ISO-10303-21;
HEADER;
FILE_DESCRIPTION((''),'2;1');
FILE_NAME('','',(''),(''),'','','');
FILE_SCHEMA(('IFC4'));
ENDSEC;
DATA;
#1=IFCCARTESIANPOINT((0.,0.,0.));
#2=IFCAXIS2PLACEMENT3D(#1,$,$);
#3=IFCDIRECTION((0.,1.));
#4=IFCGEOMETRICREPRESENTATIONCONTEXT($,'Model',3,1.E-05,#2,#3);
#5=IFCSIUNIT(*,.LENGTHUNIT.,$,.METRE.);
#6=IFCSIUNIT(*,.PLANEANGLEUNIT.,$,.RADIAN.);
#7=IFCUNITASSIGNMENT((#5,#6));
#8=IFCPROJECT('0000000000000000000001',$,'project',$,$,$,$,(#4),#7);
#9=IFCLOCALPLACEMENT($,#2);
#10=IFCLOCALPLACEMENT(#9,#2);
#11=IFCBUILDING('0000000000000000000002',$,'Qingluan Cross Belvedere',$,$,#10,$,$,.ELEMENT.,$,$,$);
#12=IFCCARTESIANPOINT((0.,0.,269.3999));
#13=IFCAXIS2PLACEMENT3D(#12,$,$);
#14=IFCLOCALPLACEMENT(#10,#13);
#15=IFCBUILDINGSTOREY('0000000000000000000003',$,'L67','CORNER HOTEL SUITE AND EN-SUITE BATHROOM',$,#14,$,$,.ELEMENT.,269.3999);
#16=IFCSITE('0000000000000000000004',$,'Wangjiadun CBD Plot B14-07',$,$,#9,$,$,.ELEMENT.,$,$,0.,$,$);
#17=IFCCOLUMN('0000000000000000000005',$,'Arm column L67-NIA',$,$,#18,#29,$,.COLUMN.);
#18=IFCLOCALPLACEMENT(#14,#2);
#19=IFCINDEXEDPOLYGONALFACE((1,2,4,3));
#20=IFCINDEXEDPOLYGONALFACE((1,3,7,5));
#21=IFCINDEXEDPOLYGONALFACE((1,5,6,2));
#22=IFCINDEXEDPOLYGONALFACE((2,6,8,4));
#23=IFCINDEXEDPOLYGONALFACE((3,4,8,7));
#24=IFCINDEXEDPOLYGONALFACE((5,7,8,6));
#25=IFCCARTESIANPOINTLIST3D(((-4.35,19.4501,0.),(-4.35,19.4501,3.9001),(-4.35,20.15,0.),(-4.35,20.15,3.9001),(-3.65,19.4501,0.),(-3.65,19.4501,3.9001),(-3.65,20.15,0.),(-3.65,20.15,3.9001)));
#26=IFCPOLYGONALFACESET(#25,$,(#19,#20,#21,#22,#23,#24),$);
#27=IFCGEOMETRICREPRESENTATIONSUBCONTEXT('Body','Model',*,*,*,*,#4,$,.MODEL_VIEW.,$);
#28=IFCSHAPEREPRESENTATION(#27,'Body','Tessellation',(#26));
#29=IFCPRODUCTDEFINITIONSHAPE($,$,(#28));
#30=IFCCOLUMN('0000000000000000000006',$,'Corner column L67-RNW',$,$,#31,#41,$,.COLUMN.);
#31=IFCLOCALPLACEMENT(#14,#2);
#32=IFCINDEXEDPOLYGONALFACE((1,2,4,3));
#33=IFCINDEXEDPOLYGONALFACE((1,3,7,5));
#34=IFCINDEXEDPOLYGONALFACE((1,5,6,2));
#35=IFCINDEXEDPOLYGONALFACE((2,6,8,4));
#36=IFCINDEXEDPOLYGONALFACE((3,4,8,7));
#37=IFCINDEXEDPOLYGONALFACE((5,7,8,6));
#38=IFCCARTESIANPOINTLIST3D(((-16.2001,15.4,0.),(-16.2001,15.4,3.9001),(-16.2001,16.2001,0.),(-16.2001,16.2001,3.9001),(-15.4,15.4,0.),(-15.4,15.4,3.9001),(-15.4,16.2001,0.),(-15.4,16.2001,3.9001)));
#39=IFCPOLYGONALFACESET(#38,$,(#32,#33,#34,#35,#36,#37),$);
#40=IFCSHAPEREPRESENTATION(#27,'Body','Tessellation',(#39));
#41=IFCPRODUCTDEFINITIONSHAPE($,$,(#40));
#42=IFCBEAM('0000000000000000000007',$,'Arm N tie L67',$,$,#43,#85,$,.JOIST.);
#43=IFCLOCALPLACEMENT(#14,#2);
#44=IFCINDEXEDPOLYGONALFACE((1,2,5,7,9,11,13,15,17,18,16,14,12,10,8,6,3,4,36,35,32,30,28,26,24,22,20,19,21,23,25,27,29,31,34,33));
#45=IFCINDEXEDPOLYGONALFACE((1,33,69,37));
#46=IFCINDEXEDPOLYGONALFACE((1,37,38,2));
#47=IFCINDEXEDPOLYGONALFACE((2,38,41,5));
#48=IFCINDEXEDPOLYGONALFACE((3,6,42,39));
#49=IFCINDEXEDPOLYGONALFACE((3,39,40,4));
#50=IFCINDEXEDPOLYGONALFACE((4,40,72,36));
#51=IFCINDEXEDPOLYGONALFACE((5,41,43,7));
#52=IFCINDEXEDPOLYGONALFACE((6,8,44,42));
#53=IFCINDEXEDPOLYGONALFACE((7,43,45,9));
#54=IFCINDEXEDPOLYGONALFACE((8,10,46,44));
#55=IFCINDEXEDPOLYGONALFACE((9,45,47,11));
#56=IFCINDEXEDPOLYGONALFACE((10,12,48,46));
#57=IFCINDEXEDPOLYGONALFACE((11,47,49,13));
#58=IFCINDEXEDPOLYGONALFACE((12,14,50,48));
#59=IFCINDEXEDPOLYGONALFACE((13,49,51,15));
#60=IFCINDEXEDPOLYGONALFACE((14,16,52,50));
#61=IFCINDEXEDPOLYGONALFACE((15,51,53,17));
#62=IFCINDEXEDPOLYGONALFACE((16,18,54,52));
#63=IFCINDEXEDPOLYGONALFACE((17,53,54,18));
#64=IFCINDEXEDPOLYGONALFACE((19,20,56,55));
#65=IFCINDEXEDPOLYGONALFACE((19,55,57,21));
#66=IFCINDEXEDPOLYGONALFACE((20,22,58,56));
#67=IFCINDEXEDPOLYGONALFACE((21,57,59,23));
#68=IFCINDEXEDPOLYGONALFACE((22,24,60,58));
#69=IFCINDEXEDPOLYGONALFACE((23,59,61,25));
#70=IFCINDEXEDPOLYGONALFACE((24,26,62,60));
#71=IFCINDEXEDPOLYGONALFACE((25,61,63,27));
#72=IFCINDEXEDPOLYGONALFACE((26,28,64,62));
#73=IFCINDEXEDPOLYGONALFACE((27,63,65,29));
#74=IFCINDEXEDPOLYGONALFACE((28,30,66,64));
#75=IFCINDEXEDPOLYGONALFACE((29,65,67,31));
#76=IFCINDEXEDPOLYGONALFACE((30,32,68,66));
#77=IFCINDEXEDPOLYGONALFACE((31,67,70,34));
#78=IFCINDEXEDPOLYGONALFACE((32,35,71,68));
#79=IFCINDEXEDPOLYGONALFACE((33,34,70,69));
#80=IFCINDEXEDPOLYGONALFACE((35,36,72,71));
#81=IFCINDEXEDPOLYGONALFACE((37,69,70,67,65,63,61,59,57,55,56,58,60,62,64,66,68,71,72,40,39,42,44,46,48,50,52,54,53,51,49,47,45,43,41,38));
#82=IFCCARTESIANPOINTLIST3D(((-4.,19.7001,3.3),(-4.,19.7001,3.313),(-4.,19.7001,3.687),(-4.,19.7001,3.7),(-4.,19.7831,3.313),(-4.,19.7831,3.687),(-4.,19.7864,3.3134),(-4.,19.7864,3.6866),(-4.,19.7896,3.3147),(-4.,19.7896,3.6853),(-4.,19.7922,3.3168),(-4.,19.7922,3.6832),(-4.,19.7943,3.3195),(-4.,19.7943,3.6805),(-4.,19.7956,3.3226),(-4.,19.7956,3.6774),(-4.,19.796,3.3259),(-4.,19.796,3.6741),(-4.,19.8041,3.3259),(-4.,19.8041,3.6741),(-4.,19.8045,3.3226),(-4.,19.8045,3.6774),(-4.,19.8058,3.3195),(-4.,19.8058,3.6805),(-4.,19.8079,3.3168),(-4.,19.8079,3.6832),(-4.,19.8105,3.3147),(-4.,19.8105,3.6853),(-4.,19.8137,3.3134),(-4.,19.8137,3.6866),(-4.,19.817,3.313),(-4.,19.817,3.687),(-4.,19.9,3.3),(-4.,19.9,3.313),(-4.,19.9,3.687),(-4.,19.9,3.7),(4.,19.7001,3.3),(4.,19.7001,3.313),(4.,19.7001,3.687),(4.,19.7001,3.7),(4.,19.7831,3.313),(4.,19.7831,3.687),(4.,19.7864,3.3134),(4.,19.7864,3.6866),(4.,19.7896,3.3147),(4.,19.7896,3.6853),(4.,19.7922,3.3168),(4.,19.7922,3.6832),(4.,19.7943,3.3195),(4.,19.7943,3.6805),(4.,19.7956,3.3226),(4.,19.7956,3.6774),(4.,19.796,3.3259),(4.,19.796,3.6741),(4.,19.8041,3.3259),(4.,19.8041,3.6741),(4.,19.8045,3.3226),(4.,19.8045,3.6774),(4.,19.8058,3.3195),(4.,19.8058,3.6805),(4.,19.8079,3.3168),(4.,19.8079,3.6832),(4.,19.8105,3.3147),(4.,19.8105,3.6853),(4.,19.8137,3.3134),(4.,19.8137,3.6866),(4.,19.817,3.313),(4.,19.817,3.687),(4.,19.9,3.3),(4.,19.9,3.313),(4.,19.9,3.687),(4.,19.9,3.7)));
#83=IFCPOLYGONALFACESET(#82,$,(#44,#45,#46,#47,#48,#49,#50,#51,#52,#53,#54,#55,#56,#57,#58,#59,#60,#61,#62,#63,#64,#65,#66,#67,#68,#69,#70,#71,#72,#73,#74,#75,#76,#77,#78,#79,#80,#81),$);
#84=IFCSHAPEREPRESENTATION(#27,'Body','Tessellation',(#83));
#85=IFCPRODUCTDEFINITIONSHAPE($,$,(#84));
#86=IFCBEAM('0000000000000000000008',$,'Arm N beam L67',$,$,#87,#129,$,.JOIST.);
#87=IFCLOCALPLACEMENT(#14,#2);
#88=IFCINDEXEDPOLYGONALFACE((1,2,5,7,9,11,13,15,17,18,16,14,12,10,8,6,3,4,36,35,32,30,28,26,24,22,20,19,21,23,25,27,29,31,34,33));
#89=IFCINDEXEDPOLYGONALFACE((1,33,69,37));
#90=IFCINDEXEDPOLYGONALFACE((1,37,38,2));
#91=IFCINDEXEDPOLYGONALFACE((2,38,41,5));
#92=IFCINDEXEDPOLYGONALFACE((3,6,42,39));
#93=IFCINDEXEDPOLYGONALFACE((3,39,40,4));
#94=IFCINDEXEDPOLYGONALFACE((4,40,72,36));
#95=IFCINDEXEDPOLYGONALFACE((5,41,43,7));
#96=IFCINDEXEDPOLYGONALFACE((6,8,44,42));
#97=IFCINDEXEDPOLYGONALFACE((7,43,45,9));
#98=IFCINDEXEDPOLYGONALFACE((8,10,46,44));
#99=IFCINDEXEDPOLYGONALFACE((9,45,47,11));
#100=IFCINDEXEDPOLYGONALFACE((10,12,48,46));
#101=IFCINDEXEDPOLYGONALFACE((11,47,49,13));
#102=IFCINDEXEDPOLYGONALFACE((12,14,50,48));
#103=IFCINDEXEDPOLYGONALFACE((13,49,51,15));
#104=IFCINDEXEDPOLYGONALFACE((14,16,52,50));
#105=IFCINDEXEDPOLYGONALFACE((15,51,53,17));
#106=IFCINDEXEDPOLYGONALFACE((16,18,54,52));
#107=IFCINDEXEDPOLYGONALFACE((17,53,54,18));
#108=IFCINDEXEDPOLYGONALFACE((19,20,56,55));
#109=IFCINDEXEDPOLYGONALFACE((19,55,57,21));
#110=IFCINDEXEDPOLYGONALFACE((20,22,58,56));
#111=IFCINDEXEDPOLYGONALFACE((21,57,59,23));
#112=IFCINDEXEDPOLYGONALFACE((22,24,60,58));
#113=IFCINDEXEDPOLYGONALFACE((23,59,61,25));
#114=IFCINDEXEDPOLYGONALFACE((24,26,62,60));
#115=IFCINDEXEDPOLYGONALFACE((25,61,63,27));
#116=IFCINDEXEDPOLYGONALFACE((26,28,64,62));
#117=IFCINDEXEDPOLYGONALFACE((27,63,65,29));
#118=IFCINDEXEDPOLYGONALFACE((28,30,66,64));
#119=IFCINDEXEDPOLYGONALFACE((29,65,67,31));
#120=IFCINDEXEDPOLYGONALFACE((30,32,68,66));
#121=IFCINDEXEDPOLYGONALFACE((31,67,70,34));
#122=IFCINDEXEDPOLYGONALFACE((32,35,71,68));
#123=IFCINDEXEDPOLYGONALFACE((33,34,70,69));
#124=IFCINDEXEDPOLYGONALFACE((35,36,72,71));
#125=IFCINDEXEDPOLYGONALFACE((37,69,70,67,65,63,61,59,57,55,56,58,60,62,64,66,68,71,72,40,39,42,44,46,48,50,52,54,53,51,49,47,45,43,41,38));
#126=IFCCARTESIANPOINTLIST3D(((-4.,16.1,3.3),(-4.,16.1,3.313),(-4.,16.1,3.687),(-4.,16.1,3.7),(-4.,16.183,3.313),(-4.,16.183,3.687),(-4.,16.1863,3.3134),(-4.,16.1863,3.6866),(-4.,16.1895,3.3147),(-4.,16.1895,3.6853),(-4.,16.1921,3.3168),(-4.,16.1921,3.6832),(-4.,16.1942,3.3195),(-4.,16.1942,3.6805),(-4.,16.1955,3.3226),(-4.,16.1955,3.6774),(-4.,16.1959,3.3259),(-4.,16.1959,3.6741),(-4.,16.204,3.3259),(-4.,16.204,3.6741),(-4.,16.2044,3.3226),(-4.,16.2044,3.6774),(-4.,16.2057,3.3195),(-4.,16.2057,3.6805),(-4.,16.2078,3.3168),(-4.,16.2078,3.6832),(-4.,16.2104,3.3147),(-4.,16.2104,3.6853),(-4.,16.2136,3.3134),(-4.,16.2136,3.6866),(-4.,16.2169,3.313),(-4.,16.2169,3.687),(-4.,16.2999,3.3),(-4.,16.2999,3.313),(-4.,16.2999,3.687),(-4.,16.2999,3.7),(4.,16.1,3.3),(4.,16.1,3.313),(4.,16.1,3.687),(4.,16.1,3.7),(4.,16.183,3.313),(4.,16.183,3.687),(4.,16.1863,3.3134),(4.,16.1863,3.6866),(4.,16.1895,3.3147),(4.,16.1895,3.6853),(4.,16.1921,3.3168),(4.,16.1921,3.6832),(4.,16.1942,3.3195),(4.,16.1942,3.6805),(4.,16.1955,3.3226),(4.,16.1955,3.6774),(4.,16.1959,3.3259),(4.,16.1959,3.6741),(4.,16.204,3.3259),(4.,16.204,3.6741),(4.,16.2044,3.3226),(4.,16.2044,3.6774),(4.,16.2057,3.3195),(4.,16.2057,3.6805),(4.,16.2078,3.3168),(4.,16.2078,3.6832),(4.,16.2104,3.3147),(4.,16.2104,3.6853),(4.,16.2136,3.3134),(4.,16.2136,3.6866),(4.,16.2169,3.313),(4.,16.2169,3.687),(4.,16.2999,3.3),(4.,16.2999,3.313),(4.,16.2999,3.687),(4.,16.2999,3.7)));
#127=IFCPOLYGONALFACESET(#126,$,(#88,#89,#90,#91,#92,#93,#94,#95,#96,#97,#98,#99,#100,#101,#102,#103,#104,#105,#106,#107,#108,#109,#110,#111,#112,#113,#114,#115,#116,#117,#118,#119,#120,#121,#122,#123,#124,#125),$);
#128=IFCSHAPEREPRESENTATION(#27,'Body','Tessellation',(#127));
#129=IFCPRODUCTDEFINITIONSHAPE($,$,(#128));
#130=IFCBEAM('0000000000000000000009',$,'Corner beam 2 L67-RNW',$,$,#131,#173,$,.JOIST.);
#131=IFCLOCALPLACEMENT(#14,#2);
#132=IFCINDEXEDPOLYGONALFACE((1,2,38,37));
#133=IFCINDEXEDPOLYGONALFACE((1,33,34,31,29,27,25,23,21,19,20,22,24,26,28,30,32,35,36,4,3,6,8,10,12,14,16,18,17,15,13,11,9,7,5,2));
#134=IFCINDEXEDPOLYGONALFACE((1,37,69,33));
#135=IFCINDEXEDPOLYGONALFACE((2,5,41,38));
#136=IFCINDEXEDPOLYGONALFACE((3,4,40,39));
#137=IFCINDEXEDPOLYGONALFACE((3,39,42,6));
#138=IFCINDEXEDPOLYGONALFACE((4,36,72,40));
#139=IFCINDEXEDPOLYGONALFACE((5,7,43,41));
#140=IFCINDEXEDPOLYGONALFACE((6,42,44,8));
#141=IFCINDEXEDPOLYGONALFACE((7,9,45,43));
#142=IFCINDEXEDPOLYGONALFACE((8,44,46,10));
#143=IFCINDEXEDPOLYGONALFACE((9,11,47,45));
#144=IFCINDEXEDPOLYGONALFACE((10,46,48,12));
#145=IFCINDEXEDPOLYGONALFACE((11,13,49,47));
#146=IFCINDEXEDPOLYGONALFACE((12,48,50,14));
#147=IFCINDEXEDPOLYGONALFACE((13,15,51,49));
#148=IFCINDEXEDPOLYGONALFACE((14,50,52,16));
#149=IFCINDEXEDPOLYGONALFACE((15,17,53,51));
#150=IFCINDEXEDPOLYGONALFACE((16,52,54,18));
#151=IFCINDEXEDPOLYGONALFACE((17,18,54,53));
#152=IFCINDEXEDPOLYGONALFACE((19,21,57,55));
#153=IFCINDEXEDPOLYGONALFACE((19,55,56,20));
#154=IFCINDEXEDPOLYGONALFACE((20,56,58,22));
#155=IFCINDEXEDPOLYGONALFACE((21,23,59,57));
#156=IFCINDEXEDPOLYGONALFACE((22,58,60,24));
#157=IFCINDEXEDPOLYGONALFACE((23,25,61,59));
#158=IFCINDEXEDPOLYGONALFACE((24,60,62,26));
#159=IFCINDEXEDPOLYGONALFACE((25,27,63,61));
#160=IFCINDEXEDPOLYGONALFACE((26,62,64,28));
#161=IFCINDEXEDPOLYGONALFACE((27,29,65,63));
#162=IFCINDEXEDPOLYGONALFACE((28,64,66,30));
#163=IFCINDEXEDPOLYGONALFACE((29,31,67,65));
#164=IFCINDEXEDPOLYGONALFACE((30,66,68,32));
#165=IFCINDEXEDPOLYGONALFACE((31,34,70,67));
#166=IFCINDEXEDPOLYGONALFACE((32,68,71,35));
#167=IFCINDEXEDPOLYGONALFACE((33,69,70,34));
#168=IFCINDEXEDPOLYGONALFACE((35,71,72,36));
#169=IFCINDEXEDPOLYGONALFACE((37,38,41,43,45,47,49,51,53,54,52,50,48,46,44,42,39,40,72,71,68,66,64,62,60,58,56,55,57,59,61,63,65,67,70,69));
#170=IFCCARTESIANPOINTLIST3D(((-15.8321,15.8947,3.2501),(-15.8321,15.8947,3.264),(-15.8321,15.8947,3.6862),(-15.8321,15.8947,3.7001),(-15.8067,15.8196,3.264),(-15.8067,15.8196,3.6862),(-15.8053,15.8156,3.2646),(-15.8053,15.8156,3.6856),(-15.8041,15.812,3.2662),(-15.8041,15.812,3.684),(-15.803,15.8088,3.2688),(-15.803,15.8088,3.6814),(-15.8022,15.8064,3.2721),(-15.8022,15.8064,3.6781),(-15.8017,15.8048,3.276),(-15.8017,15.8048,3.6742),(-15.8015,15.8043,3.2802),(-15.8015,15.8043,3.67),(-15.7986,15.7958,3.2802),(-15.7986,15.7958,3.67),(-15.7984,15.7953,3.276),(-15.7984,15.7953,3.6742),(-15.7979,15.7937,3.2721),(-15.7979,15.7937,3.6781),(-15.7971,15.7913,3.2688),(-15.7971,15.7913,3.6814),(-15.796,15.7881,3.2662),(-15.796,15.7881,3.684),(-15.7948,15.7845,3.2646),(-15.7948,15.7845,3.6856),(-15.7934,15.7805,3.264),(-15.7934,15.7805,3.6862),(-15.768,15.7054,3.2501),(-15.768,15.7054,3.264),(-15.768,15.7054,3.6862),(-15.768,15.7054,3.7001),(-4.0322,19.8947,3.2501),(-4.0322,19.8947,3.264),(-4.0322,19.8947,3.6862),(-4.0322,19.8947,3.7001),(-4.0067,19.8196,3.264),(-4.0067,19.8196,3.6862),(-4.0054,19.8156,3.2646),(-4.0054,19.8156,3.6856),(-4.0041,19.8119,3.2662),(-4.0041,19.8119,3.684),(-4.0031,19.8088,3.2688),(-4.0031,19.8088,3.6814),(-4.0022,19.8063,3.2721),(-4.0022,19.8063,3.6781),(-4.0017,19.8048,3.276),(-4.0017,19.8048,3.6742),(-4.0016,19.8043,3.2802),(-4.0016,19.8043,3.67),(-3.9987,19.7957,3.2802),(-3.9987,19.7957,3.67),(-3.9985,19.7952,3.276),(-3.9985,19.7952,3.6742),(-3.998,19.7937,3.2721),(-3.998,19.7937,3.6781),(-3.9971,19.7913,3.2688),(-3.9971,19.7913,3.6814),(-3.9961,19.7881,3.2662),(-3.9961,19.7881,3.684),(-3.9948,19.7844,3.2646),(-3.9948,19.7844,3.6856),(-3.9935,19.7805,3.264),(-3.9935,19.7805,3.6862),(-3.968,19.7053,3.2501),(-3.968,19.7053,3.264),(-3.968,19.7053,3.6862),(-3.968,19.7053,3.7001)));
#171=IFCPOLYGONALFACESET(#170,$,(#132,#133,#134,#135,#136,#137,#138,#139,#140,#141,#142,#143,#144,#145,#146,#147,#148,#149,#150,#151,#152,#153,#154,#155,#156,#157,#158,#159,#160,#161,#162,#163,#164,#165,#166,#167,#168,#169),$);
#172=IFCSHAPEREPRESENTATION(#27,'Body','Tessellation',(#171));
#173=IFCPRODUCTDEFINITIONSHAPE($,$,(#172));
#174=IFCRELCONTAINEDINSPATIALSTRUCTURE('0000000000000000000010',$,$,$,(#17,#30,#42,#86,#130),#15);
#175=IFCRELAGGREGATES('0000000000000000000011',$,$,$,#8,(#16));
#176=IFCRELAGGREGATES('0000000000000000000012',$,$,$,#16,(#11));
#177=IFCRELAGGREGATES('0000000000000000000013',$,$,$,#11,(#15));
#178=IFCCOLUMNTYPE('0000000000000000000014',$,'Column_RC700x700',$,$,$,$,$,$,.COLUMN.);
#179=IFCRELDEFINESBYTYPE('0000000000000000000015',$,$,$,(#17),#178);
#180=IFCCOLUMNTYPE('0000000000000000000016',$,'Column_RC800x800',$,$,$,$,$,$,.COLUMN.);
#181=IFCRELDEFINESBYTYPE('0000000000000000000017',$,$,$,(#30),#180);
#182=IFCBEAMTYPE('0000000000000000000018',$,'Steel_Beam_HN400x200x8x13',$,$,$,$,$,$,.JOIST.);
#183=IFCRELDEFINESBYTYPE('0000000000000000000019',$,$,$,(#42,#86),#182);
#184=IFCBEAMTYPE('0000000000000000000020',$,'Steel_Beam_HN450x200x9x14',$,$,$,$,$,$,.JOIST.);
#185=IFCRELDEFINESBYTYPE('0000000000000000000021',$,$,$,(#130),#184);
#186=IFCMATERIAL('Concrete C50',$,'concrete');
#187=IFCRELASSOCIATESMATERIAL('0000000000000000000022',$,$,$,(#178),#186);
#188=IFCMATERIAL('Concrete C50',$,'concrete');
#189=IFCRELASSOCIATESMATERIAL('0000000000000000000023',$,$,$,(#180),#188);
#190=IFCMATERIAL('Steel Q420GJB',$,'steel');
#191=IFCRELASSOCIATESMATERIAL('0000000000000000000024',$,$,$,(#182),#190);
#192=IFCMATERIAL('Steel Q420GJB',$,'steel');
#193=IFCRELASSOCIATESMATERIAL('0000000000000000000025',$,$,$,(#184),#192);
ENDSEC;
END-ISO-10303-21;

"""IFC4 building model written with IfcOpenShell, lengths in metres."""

from ifc_helpers import new_model, si_unit, direction, frame, origin, origin_2d, place, context, subcontext, project, spatial, rectangle, i_section, extrude, material, material_profile, profile_set, type_object, element, save


model = new_model("IFC4")

# Units and contexts
model_context = context("Model", 3, precision=1e-05, world=origin(), true_north=direction((0.0, 1.0)))
body_context = subcontext(model_context, "Body", "Model", "MODEL_VIEW")
ifc_project = project(units=[si_unit("LENGTHUNIT", "METRE"), si_unit("PLANEANGLEUNIT", "RADIAN")], contexts=[model_context])

# Site, building, storey
site_placement = place(None, origin())
site = spatial("IfcSite", under=ifc_project, at=site_placement, Name="Wangjiadun CBD Plot B14-07", CompositionType="ELEMENT", RefElevation=0.0)
building_placement = place(site_placement, origin())
building = spatial("IfcBuilding", under=site, at=building_placement, Name="Qingluan Cross Belvedere", CompositionType="ELEMENT")
storey_placement = place(building_placement, frame((0.0, 0.0, 269.3999)))
storey = spatial("IfcBuildingStorey", under=building, at=storey_placement, Name="L67", Description="CORNER HOTEL SUITE AND EN-SUITE BATHROOM", CompositionType="ELEMENT", Elevation=269.3999)

# Columns
ifc_material_1 = material(Name="Concrete C50", Category="concrete")
ifc_material_profile_1 = material_profile(ifc_material_1, rectangle(XDim=0.7, YDim=0.7, at=origin_2d()), Name="RC700x700")
ifc_profile_set_1 = profile_set([ifc_material_profile_1], Name="Concrete C50")
column_type_1 = type_object("IfcColumnType", Name="Column_RC700x700", PredefinedType="COLUMN", material=ifc_profile_set_1)
column_1_placement = place(storey_placement, frame((-4.0, 19.8, 0.0), z_axis=(0.0, 0.0, 1.0), x_axis=(1.0, 0.0, 0.0)))
element("IfcColumn", 1, at=column_1_placement, inside=storey, type_object=column_type_1, Name="Arm column L67-NIA", PredefinedType="COLUMN", context=body_context, shape_type="SweptSolid", body=[
    extrude(rectangle(XDim=0.7, YDim=0.7, at=origin_2d()), origin(), (0.0, 0.0, 1.0), 3.9001),
])
ifc_material_2 = material(Name="Concrete C50", Category="concrete")
ifc_material_profile_2 = material_profile(ifc_material_2, rectangle(XDim=0.8, YDim=0.8, at=origin_2d()), Name="RC800x800")
ifc_profile_set_2 = profile_set([ifc_material_profile_2], Name="Concrete C50")
column_type_2 = type_object("IfcColumnType", Name="Column_RC800x800", PredefinedType="COLUMN", material=ifc_profile_set_2)
column_2_placement = place(storey_placement, frame((-15.8, 15.8, 0.0), z_axis=(0.0, 0.0, 1.0), x_axis=(1.0, 0.0, 0.0)))
element("IfcColumn", 2, at=column_2_placement, inside=storey, type_object=column_type_2, Name="Corner column L67-RNW", PredefinedType="COLUMN", context=body_context, shape_type="SweptSolid", body=[
    extrude(rectangle(XDim=0.8, YDim=0.8, at=origin_2d()), origin(), (0.0, 0.0, 1.0), 3.9001),
])

# Beams
ifc_material_3 = material(Name="Steel Q420GJB", Category="steel")
ifc_material_profile_3 = material_profile(ifc_material_3, i_section(OverallWidth=0.2, OverallDepth=0.3999, WebThickness=0.0081, FlangeThickness=0.0129, FilletRadius=0.0129, at=origin_2d()), Name="HN400x200x8x13")
ifc_profile_set_3 = profile_set([ifc_material_profile_3], Name="Steel Q420GJB")
beam_type_1 = type_object("IfcBeamType", Name="Steel_Beam_HN400x200x8x13", PredefinedType="JOIST", material=ifc_profile_set_3)
for number, where, z_axis, x_axis, name in (
    (3, (-4.0, 19.8, 3.5), (1.0, 0.0, 0.0), (0.0, 1.0, 0.0), "Arm N tie L67"),
    (4, (-4.0, 16.2, 3.5), (1.0, 0.0, 0.0), (0.0, 1.0, 0.0), "Arm N beam L67"),
):
    element("IfcBeam", number, at=place(storey_placement, frame(where, z_axis=z_axis, x_axis=x_axis)), inside=storey, type_object=beam_type_1, Name=name, PredefinedType="JOIST", context=body_context, shape_type="SweptSolid", body=[
        extrude(i_section(OverallWidth=0.2, OverallDepth=0.3999, WebThickness=0.0081, FlangeThickness=0.0129, FilletRadius=0.0129, at=origin_2d()), origin(), (0.0, 0.0, 1.0), 8.0),
    ])
ifc_material_4 = material(Name="Steel Q420GJB", Category="steel")
ifc_material_profile_4 = material_profile(ifc_material_4, i_section(OverallWidth=0.2, OverallDepth=0.45, WebThickness=0.009, FlangeThickness=0.0139, FilletRadius=0.0161, at=origin_2d()), Name="HN450x200x9x14")
ifc_profile_set_4 = profile_set([ifc_material_profile_4], Name="Steel Q420GJB")
beam_type_2 = type_object("IfcBeamType", Name="Steel_Beam_HN450x200x9x14", PredefinedType="JOIST", material=ifc_profile_set_4)
for number, where, z_axis, x_axis, name in (
    (5, (-15.8, 15.8, 3.4751), (0.947066, 0.321038, 0.0), (-0.321038, 0.947066, 0.0), "Corner beam 2 L67-RNW"),
):
    element("IfcBeam", number, at=place(storey_placement, frame(where, z_axis=z_axis, x_axis=x_axis)), inside=storey, type_object=beam_type_2, Name=name, PredefinedType="JOIST", context=body_context, shape_type="SweptSolid", body=[
        extrude(i_section(OverallWidth=0.2, OverallDepth=0.45, WebThickness=0.009, FlangeThickness=0.0139, FilletRadius=0.0161, at=origin_2d()), origin(), (0.0, 0.0, 1.0), 12.4595),
    ])

save(model, "model.ifc")
